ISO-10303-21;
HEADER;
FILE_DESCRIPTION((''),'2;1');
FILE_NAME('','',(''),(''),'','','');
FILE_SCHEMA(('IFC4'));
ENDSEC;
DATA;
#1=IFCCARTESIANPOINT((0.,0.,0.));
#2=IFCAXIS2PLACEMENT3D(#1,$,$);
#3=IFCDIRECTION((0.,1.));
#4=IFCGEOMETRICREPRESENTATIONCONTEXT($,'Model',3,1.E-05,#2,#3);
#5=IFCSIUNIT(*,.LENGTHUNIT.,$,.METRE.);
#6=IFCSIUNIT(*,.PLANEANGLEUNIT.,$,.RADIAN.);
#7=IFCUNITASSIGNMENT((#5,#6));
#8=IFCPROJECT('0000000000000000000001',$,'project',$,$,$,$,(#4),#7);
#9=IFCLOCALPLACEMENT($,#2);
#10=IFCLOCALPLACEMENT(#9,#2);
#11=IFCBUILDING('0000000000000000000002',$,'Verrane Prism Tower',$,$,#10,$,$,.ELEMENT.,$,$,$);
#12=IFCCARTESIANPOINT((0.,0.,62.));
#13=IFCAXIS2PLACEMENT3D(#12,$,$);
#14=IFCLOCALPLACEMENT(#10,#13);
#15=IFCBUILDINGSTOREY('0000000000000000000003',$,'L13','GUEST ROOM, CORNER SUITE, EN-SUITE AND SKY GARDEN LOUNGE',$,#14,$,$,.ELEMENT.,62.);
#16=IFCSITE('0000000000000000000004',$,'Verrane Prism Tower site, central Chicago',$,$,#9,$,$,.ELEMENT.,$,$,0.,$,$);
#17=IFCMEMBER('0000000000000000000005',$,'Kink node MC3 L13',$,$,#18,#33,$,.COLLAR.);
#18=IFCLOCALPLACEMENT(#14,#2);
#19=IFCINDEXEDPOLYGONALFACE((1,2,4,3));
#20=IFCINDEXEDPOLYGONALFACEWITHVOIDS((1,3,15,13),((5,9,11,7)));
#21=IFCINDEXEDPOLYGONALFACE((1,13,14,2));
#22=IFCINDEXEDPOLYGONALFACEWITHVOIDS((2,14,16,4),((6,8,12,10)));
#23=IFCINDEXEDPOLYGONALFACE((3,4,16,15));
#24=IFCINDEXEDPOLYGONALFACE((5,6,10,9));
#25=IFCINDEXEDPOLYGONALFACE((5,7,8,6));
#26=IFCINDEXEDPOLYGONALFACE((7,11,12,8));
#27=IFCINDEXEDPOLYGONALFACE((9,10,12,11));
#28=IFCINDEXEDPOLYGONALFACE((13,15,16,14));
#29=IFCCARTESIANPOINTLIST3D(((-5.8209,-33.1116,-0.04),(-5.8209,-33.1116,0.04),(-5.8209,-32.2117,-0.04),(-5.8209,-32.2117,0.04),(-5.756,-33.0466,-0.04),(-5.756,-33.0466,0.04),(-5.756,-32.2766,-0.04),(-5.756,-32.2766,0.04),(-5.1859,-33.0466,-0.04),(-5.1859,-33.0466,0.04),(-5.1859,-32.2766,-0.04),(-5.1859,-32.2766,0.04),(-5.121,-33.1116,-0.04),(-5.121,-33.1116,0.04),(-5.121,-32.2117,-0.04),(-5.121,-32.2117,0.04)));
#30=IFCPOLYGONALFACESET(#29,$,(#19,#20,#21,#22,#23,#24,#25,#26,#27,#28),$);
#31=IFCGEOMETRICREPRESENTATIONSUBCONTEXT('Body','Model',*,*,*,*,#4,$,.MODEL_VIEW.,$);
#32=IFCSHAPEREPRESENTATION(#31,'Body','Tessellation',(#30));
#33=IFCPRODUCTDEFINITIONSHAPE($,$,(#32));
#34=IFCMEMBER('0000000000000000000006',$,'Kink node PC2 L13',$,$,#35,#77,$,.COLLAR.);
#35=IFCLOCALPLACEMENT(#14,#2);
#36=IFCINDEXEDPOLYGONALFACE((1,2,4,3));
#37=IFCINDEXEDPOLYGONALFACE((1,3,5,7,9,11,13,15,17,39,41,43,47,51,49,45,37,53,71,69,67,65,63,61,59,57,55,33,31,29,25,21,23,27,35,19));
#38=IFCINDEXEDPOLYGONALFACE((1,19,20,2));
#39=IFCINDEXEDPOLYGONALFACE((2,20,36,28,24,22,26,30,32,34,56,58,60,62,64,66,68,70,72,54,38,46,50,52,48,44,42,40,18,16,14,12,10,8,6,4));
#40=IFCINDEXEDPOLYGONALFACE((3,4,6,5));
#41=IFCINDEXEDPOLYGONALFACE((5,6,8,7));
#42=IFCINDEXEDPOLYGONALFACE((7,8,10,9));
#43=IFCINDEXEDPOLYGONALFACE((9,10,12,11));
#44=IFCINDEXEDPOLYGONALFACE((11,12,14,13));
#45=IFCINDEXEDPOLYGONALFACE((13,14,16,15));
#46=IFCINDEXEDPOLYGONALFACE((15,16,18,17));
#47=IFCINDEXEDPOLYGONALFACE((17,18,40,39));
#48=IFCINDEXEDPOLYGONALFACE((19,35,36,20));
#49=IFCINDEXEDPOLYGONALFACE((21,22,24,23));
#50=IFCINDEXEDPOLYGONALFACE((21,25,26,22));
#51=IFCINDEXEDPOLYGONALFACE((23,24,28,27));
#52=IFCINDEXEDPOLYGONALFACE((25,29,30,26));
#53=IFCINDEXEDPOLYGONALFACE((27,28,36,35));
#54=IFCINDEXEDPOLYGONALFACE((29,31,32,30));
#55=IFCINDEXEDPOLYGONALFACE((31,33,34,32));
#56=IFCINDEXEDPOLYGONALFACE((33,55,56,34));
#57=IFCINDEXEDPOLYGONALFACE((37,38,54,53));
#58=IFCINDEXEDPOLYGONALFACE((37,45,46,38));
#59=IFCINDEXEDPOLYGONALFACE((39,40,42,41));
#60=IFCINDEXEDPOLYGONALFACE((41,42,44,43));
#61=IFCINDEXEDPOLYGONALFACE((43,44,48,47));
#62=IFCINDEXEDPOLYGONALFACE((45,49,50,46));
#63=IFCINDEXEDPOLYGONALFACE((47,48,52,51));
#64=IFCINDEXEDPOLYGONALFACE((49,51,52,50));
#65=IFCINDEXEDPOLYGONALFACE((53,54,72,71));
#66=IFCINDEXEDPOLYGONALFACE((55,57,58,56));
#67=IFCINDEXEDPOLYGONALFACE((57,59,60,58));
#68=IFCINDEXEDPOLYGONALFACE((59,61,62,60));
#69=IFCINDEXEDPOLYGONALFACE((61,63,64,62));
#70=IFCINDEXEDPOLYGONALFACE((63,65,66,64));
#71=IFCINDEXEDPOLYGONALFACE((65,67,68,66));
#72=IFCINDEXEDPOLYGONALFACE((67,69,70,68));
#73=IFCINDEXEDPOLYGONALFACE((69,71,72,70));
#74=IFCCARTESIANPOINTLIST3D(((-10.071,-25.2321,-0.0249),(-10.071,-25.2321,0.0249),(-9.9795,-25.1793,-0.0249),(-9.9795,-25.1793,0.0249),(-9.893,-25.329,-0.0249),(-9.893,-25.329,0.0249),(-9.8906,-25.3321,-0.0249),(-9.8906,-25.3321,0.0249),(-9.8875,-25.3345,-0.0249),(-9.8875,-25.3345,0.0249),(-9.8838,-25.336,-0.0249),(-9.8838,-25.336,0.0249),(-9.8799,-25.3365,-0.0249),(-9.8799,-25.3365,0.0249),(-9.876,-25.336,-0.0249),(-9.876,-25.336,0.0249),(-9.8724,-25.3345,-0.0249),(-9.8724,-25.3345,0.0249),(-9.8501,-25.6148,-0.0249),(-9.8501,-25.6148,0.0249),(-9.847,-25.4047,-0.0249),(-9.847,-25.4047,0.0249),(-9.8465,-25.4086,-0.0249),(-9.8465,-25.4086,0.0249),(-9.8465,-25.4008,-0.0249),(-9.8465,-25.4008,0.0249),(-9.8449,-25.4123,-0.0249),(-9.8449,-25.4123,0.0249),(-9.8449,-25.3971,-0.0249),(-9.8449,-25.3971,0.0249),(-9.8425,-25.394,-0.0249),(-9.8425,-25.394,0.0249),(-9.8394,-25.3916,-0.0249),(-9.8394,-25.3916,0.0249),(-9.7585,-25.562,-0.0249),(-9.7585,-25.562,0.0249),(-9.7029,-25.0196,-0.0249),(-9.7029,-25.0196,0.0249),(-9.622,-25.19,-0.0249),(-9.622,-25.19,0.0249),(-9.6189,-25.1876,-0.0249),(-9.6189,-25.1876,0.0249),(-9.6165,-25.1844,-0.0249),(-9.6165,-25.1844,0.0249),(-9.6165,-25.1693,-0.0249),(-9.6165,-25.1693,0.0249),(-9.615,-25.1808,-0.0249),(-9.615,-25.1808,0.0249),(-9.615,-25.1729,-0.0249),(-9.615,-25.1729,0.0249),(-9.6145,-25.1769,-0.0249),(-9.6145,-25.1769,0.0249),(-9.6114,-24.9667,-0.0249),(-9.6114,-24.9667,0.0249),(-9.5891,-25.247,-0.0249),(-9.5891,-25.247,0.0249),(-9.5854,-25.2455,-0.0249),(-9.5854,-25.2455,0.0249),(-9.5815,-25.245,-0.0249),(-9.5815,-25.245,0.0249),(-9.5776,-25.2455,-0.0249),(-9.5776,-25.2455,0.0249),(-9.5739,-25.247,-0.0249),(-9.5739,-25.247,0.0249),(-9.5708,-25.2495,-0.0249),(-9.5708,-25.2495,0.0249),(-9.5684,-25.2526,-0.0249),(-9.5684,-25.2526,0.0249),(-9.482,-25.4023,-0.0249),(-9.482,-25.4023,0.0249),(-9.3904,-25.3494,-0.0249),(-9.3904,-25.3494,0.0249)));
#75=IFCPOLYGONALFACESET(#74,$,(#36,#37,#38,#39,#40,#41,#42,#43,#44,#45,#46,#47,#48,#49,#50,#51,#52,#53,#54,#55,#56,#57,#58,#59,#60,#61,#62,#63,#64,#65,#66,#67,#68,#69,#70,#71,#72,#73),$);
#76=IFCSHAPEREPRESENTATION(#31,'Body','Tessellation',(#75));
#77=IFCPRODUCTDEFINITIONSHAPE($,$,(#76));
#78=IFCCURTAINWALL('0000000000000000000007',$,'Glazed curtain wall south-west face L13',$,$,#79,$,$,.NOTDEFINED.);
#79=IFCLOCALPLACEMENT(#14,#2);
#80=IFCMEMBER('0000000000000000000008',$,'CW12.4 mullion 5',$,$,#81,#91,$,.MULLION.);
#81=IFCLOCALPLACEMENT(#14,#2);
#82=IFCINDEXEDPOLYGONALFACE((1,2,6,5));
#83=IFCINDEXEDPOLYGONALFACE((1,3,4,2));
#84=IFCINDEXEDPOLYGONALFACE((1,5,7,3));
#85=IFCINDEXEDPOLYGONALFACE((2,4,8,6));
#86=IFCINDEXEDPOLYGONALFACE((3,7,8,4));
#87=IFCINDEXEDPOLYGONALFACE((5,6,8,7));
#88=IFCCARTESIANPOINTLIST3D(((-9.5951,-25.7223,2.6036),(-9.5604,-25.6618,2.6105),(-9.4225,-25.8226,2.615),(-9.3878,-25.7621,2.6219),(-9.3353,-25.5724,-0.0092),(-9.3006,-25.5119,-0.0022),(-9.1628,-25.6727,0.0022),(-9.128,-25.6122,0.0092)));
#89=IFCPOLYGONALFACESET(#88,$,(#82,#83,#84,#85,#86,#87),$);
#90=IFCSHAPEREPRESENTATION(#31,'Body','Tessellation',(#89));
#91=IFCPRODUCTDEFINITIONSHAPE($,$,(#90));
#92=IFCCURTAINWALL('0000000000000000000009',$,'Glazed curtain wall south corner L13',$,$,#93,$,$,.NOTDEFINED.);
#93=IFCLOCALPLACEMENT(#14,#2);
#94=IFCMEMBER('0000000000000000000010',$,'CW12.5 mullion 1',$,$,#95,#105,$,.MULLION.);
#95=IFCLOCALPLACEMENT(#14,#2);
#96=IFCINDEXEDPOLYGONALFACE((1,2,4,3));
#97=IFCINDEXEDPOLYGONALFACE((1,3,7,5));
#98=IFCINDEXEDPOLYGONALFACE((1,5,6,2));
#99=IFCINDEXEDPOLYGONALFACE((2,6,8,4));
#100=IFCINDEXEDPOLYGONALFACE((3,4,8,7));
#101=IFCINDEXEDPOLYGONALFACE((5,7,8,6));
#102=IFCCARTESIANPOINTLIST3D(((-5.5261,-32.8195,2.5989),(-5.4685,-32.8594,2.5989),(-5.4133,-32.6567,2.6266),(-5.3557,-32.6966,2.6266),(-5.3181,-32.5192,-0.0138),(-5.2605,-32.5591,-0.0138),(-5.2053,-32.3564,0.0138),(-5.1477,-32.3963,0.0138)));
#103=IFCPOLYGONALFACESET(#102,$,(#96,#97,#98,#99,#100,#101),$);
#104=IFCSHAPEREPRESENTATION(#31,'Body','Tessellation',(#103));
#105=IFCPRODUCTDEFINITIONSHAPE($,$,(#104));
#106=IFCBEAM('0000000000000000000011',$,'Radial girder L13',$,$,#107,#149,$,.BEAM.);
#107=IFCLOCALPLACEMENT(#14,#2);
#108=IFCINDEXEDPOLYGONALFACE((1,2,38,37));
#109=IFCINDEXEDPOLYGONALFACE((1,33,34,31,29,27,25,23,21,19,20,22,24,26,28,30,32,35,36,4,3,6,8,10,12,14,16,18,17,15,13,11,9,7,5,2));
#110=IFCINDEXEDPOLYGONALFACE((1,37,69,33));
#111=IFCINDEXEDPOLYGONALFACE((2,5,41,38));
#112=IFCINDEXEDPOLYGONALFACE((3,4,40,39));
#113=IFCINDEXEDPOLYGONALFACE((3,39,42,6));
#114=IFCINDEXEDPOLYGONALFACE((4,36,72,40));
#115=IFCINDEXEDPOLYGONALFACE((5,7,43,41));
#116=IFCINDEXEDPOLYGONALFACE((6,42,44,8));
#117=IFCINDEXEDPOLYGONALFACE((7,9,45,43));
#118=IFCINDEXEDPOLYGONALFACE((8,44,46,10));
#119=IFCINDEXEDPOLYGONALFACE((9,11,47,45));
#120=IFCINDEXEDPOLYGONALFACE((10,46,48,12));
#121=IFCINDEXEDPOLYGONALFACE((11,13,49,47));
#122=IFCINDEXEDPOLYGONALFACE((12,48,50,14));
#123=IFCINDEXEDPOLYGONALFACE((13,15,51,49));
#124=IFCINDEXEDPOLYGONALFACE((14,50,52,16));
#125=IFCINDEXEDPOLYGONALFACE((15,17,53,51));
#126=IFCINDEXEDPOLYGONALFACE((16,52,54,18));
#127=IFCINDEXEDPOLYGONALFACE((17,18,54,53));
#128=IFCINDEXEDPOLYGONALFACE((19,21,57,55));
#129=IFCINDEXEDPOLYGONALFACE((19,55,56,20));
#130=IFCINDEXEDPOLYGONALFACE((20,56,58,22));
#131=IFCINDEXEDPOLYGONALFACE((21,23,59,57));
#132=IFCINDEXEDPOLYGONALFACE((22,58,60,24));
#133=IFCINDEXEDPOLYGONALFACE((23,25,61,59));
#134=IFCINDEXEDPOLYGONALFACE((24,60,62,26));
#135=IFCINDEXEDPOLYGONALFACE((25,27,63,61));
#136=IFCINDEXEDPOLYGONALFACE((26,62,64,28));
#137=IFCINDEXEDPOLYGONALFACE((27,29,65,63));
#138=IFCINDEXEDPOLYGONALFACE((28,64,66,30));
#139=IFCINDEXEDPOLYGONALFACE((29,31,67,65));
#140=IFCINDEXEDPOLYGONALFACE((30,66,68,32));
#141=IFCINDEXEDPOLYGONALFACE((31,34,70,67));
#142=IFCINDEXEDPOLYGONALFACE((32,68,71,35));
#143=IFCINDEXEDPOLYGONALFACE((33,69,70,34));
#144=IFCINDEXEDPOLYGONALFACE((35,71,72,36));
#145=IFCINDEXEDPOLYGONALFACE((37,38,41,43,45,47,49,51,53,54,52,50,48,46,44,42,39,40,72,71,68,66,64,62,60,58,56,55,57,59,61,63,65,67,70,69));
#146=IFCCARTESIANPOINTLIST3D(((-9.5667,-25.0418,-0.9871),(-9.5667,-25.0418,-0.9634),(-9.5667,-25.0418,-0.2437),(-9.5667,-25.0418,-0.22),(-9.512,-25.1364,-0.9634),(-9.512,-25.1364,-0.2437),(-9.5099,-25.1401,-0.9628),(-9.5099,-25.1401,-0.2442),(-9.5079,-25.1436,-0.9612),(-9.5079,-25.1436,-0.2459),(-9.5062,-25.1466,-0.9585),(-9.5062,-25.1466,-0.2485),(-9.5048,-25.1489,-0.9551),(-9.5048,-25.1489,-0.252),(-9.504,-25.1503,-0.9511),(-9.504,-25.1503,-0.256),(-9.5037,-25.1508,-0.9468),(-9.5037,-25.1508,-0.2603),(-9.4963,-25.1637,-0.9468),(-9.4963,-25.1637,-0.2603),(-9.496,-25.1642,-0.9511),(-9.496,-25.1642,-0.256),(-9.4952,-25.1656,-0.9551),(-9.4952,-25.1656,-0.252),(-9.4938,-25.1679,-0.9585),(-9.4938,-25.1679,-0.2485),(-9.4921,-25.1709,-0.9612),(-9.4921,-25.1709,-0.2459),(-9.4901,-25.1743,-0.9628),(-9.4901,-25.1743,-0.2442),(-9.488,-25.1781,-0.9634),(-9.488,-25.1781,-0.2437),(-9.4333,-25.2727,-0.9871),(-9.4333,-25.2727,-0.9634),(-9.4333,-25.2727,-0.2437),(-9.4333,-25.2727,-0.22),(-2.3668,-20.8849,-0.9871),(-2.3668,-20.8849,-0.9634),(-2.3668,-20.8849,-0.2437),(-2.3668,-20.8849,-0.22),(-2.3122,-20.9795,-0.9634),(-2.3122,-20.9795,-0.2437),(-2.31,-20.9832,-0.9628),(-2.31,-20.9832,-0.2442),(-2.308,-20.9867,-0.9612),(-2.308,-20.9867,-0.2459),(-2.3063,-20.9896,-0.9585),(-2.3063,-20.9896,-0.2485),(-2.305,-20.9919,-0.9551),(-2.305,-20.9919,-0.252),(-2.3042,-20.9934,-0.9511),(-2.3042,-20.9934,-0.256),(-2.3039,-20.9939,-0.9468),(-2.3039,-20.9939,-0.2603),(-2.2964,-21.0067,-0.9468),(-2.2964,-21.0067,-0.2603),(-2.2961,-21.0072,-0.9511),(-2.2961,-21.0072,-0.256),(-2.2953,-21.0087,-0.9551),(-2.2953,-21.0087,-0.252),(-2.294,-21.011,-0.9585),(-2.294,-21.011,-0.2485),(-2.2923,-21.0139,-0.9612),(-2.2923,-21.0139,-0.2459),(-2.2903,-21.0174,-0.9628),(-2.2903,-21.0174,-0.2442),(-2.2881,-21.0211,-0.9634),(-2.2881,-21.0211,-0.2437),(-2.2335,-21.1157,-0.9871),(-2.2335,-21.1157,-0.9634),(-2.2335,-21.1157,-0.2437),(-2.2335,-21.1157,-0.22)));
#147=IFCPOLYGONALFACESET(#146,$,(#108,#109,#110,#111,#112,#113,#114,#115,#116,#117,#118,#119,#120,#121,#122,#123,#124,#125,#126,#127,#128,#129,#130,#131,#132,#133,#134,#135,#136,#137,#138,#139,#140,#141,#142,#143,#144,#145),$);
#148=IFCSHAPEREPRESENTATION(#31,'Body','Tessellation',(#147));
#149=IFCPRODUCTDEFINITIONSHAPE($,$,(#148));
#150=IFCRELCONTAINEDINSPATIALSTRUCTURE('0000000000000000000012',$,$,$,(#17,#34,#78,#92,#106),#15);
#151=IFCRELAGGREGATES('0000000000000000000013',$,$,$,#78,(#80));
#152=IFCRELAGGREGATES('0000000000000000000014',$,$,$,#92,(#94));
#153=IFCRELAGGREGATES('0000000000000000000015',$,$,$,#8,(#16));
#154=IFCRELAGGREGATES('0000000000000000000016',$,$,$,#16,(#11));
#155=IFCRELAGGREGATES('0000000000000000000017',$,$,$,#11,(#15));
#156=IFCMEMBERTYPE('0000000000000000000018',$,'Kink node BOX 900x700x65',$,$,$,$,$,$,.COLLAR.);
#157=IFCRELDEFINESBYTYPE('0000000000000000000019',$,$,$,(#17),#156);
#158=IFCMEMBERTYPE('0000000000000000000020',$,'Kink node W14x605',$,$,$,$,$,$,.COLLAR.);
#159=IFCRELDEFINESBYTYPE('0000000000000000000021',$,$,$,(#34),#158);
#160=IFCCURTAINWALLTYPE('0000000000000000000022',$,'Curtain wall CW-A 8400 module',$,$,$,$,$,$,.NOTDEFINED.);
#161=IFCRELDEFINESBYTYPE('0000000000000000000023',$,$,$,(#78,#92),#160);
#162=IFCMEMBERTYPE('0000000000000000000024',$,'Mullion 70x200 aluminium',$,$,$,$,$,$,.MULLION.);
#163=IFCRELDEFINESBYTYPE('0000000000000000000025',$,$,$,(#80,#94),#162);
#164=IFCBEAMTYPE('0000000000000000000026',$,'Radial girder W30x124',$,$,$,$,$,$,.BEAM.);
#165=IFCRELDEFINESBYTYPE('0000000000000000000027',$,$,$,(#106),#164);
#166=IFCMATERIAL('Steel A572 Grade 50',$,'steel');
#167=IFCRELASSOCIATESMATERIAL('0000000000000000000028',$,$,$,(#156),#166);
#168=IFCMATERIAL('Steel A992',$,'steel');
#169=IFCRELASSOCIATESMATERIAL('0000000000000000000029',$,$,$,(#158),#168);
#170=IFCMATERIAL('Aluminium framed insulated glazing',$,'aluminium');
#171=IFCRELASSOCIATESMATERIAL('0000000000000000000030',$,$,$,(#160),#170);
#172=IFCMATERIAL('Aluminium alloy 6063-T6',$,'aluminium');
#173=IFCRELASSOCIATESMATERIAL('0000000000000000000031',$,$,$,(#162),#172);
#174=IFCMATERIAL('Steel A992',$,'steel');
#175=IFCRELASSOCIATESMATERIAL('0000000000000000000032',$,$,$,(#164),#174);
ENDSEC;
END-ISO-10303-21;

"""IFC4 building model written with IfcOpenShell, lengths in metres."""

from ifc_helpers import new_model, si_unit, direction, frame, origin, origin_2d, place, context, subcontext, project, spatial, rectangle, hollow_rectangle, i_section, extrude, material, material_profile, profile_set, type_object, element, aggregate, save


model = new_model("IFC4")

# Units and contexts
model_context = context("Model", 3, precision=1e-05, world=origin(), true_north=direction((0.0, 1.0)))
body_context = subcontext(model_context, "Body", "Model", "MODEL_VIEW")
ifc_project = project(units=[si_unit("LENGTHUNIT", "METRE"), si_unit("PLANEANGLEUNIT", "RADIAN")], contexts=[model_context])

# Site, building, storey
site_placement = place(None, origin())
site = spatial("IfcSite", under=ifc_project, at=site_placement, Name="Verrane Prism Tower site, central Chicago", CompositionType="ELEMENT", RefElevation=0.0)
building_placement = place(site_placement, origin())
building = spatial("IfcBuilding", under=site, at=building_placement, Name="Verrane Prism Tower", CompositionType="ELEMENT")
storey_placement = place(building_placement, frame((0.0, 0.0, 62.0)))
storey = spatial("IfcBuildingStorey", under=building, at=storey_placement, Name="L13", Description="GUEST ROOM, CORNER SUITE, EN-SUITE AND SKY GARDEN LOUNGE", CompositionType="ELEMENT", Elevation=62.0)

# Members
ifc_material_1 = material(Name="Steel A572 Grade 50", Category="steel")
ifc_material_profile_1 = material_profile(ifc_material_1, hollow_rectangle(XDim=0.7, YDim=0.8999, WallThickness=0.0649, at=origin_2d()), Name="BOX 900x700x65")
ifc_profile_set_1 = profile_set([ifc_material_profile_1], Name="Steel A572 Grade 50")
member_type_1 = type_object("IfcMemberType", Name="Kink node BOX 900x700x65", PredefinedType="COLLAR", material=ifc_profile_set_1)
member_1_placement = place(storey_placement, frame((-5.4709, -32.6616, -0.04), z_axis=(0.0, 0.0, 1.0), x_axis=(-1.0, 0.0, 0.0)))
element("IfcMember", 1, at=member_1_placement, inside=storey, type_object=member_type_1, Name="Kink node MC3 L13", PredefinedType="COLLAR", context=body_context, shape_type="SweptSolid", body=[
    extrude(hollow_rectangle(XDim=0.7, YDim=0.8999, WallThickness=0.0649, at=origin_2d()), origin(), (0.0, 0.0, 1.0), 0.0801),
])
ifc_material_2 = material(Name="Steel A992", Category="steel")
ifc_material_profile_2 = material_profile(ifc_material_2, i_section(OverallWidth=0.4419, OverallDepth=0.5308, WebThickness=0.0659, FlangeThickness=0.1057, FilletRadius=0.0151, at=origin_2d()), Name="W14x605")
ifc_profile_set_2 = profile_set([ifc_material_profile_2], Name="Steel A992")
member_type_2 = type_object("IfcMemberType", Name="Kink node W14x605", PredefinedType="COLLAR", material=ifc_profile_set_2)
member_2_placement = place(storey_placement, frame((-9.7307, -25.2908, -0.0249), z_axis=(0.0, 0.0, 1.0), x_axis=(-0.5, 0.866025, 0.0)))
element("IfcMember", 2, at=member_2_placement, inside=storey, type_object=member_type_2, Name="Kink node PC2 L13", PredefinedType="COLLAR", context=body_context, shape_type="SweptSolid", body=[
    extrude(i_section(OverallWidth=0.4419, OverallDepth=0.5308, WebThickness=0.0659, FlangeThickness=0.1057, FilletRadius=0.0151, at=origin_2d()), origin(), (0.0, 0.0, 1.0), 0.0498),
])

# Curtain walls, members
ifc_material_3 = material(Name="Aluminium framed insulated glazing", Category="aluminium")
curtain_wall_type = type_object("IfcCurtainWallType", Name="Curtain wall CW-A 8400 module", PredefinedType="NOTDEFINED", material=ifc_material_3)
curtain_wall_1_placement = place(storey_placement, origin())
curtain_wall_1 = element("IfcCurtainWall", 3, at=curtain_wall_1_placement, inside=storey, type_object=curtain_wall_type, Name="Glazed curtain wall south-west face L13", PredefinedType="NOTDEFINED")
ifc_material_4 = material(Name="Aluminium alloy 6063-T6", Category="aluminium")
ifc_material_profile_3 = material_profile(ifc_material_4, rectangle(XDim=0.2, YDim=0.0701, at=origin_2d()), Name="Mullion 70x200 aluminium")
ifc_profile_set_3 = profile_set([ifc_material_profile_3], Name="Aluminium alloy 6063-T6")
member_type_3 = type_object("IfcMemberType", Name="Mullion 70x200 aluminium", PredefinedType="MULLION", material=ifc_profile_set_3)
member_3_placement = place(storey_placement, frame((-9.2317, -25.5923, 0.0), z_axis=(-0.098772, -0.056998, 0.993476), x_axis=(0.863094, -0.501814, 0.057019)))
member_3 = element("IfcMember", 4, at=member_3_placement, type_object=member_type_3, Name="CW12.4 mullion 5", PredefinedType="MULLION", context=body_context, shape_type="SweptSolid", body=[
    extrude(rectangle(XDim=0.2, YDim=0.0701, at=origin_2d()), origin(), (0.0, 0.0, 1.0), 2.6299),
])
curtain_wall_2_placement = place(storey_placement, origin())
curtain_wall_2 = element("IfcCurtainWall", 5, at=curtain_wall_2_placement, inside=storey, type_object=curtain_wall_type, Name="Glazed curtain wall south corner L13", PredefinedType="NOTDEFINED")
member_4_placement = place(storey_placement, frame((-5.2329, -32.4578, 0.0), z_axis=(-0.078844, -0.113825, 0.990367), x_axis=(0.563933, 0.814129, 0.138465)))
member_4 = element("IfcMember", 6, at=member_4_placement, type_object=member_type_3, Name="CW12.5 mullion 1", PredefinedType="MULLION", context=body_context, shape_type="SweptSolid", body=[
    extrude(rectangle(XDim=0.2, YDim=0.0701, at=origin_2d()), origin(), (0.0, 0.0, 1.0), 2.6382),
])

# Beam
ifc_material_5 = material(Name="Steel A992", Category="steel")
ifc_material_profile_4 = material_profile(ifc_material_5, i_section(OverallWidth=0.2666, OverallDepth=0.7671, WebThickness=0.0149, FlangeThickness=0.0237, FilletRadius=0.0166, at=origin_2d()), Name="W30x124")
ifc_profile_set_4 = profile_set([ifc_material_profile_4], Name="Steel A992")
beam_type_1 = type_object("IfcBeamType", Name="Radial girder W30x124", PredefinedType="BEAM", material=ifc_profile_set_4)
beam_1_placement = place(storey_placement, frame((-9.5, -25.1572, -0.6035), z_axis=(0.866021, 0.500008, 0.0), x_axis=(-0.500008, 0.866021, 0.0)))
element("IfcBeam", 7, at=beam_1_placement, inside=storey, type_object=beam_type_1, Name="Radial girder L13", PredefinedType="BEAM", context=body_context, shape_type="SweptSolid", body=[
    extrude(i_section(OverallWidth=0.2666, OverallDepth=0.7671, WebThickness=0.0149, FlangeThickness=0.0237, FilletRadius=0.0166, at=origin_2d()), origin(), (0.0, 0.0, 1.0), 8.3137),
])

aggregate(curtain_wall_1, [member_3])
aggregate(curtain_wall_2, [member_4])

save(model, "model.ifc")
